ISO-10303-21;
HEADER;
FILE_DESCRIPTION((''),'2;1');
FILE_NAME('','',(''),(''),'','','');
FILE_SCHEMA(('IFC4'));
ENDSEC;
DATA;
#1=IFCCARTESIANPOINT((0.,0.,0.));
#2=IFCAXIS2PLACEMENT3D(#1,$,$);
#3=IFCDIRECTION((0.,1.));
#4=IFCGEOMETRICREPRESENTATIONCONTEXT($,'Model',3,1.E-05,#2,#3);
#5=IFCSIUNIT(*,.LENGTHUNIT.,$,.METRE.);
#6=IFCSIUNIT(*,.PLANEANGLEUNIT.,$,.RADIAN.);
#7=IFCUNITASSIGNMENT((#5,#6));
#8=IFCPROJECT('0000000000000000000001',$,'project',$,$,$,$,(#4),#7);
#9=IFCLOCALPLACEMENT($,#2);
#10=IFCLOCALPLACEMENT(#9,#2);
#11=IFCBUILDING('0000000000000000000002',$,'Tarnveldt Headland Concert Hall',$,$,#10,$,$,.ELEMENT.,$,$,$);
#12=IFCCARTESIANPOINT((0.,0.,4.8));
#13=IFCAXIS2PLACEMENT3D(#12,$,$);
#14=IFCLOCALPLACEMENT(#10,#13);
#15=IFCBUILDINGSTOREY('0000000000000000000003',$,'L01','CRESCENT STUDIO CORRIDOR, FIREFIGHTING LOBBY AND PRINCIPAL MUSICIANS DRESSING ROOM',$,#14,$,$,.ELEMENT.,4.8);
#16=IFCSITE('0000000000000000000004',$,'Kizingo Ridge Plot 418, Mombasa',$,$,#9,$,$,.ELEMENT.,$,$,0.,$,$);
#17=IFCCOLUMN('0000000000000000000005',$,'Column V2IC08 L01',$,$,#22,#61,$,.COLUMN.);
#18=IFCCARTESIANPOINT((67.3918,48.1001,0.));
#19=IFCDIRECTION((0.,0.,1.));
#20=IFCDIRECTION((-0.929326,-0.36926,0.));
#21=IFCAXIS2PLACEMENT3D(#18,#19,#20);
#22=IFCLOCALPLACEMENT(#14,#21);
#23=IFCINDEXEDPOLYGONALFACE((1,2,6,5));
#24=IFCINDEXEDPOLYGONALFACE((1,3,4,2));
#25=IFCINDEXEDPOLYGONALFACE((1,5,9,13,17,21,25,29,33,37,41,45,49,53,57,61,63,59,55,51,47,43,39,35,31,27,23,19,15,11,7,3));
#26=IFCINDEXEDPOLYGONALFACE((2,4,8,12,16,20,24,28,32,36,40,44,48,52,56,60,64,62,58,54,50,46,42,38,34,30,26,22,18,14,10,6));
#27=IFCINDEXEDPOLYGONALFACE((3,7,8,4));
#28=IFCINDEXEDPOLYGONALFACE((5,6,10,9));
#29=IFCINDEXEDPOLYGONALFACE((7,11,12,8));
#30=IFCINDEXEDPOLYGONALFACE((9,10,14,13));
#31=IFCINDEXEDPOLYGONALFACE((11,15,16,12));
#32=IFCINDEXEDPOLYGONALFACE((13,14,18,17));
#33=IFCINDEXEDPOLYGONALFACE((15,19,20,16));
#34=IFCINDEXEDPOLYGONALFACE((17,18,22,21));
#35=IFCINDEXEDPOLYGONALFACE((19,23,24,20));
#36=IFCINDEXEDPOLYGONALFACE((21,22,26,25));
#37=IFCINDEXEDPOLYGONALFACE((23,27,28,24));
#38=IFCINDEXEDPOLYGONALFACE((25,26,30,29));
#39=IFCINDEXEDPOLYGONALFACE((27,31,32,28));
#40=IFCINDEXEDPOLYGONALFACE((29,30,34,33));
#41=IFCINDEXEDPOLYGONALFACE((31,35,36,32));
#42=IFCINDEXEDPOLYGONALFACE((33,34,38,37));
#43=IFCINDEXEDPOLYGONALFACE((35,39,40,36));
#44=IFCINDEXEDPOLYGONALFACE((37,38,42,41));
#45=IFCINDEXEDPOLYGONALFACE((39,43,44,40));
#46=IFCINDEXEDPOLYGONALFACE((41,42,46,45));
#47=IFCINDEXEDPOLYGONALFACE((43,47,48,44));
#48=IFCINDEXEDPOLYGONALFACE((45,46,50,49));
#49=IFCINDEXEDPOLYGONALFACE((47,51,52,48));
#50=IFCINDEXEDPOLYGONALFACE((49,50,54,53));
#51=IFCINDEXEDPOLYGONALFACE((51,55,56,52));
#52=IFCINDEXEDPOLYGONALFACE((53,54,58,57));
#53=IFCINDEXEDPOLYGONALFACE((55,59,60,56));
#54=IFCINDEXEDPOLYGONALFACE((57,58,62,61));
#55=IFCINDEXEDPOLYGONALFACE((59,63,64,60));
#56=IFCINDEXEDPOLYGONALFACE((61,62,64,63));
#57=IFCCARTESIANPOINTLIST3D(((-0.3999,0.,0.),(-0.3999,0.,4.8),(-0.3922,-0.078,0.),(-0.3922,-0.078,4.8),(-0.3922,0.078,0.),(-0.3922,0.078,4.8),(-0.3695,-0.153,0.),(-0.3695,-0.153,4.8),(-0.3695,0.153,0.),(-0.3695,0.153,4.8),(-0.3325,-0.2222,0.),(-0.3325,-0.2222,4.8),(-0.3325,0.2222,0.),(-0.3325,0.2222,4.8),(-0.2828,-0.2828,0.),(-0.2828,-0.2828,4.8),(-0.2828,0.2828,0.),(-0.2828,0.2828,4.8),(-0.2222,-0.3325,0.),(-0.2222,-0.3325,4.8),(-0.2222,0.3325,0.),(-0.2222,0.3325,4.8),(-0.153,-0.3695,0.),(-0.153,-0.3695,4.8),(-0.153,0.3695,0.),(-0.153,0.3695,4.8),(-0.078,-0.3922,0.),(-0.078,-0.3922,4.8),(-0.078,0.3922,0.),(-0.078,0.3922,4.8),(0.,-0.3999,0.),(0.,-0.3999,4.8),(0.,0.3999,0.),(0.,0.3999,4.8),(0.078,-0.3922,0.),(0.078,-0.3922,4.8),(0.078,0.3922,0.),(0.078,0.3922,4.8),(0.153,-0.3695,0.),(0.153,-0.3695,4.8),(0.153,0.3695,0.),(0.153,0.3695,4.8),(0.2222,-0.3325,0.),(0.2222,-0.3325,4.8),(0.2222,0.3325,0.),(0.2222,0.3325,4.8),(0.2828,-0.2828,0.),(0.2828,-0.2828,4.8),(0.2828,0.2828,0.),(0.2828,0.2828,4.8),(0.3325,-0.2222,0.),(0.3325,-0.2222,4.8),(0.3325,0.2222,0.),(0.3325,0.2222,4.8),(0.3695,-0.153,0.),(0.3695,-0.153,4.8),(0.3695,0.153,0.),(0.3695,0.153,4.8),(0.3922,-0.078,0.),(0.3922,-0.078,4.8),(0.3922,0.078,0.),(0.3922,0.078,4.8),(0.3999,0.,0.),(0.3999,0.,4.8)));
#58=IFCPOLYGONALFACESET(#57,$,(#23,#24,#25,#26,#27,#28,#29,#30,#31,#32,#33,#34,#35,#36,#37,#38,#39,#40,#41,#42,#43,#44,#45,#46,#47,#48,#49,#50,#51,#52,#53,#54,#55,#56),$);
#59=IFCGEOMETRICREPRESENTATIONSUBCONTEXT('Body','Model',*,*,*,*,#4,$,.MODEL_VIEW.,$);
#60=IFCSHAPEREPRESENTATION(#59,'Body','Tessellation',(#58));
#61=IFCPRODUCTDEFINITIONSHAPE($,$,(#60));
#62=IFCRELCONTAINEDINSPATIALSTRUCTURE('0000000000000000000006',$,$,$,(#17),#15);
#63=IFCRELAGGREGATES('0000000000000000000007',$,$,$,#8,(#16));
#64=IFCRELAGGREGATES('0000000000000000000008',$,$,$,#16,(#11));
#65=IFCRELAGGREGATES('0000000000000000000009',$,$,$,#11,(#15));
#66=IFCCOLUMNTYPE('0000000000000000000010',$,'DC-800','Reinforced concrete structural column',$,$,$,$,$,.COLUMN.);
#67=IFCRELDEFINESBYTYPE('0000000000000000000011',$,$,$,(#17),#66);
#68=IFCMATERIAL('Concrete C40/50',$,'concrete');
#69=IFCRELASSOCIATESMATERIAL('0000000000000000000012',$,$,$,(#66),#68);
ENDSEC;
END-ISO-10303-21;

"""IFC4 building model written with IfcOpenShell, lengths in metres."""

from ifc_helpers import new_model, si_unit, direction, frame, origin, origin_2d, place, context, subcontext, project, spatial, circle, extrude, material, material_profile, profile_set, type_object, element, save


model = new_model("IFC4")

# Units and contexts
model_context = context("Model", 3, precision=1e-05, world=origin(), true_north=direction((0.0, 1.0)))
body_context = subcontext(model_context, "Body", "Model", "MODEL_VIEW")
ifc_project = project(units=[si_unit("LENGTHUNIT", "METRE"), si_unit("PLANEANGLEUNIT", "RADIAN")], contexts=[model_context])

# Site, building, storey
site_placement = place(None, origin())
site = spatial("IfcSite", under=ifc_project, at=site_placement, Name="Kizingo Ridge Plot 418, Mombasa", CompositionType="ELEMENT", RefElevation=0.0)
building_placement = place(site_placement, origin())
building = spatial("IfcBuilding", under=site, at=building_placement, Name="Tarnveldt Headland Concert Hall", CompositionType="ELEMENT")
storey_placement = place(building_placement, frame((0.0, 0.0, 4.8)))
storey = spatial("IfcBuildingStorey", under=building, at=storey_placement, Name="L01", Description="CRESCENT STUDIO CORRIDOR, FIREFIGHTING LOBBY AND PRINCIPAL MUSICIANS DRESSING ROOM", CompositionType="ELEMENT", Elevation=4.8)

# Column
ifc_material_1 = material(Name="Concrete C40/50", Category="concrete")
ifc_material_profile_1 = material_profile(ifc_material_1, circle(Radius=0.3999, at=origin_2d()), Name="RC D800", Category="concrete")
ifc_profile_set_1 = profile_set([ifc_material_profile_1], Name="Concrete C40/50")
column_type_1 = type_object("IfcColumnType", Name="DC-800", Description="Reinforced concrete structural column", PredefinedType="COLUMN", material=ifc_profile_set_1)
for number, where, z_axis, x_axis, name in (
    (1, (67.3918, 48.1001, 0.0), (0.0, 0.0, 1.0), (-0.929326, -0.36926, 0.0), "Column V2IC08 L01"),
):
    element("IfcColumn", number, at=place(storey_placement, frame(where, z_axis=z_axis, x_axis=x_axis)), inside=storey, type_object=column_type_1, Name=name, PredefinedType="COLUMN", context=body_context, shape_type="SweptSolid", body=[
        extrude(circle(Radius=0.3999, at=origin_2d()), origin(), (0.0, 0.0, 1.0), 4.8),
    ])

save(model, "model.ifc")
